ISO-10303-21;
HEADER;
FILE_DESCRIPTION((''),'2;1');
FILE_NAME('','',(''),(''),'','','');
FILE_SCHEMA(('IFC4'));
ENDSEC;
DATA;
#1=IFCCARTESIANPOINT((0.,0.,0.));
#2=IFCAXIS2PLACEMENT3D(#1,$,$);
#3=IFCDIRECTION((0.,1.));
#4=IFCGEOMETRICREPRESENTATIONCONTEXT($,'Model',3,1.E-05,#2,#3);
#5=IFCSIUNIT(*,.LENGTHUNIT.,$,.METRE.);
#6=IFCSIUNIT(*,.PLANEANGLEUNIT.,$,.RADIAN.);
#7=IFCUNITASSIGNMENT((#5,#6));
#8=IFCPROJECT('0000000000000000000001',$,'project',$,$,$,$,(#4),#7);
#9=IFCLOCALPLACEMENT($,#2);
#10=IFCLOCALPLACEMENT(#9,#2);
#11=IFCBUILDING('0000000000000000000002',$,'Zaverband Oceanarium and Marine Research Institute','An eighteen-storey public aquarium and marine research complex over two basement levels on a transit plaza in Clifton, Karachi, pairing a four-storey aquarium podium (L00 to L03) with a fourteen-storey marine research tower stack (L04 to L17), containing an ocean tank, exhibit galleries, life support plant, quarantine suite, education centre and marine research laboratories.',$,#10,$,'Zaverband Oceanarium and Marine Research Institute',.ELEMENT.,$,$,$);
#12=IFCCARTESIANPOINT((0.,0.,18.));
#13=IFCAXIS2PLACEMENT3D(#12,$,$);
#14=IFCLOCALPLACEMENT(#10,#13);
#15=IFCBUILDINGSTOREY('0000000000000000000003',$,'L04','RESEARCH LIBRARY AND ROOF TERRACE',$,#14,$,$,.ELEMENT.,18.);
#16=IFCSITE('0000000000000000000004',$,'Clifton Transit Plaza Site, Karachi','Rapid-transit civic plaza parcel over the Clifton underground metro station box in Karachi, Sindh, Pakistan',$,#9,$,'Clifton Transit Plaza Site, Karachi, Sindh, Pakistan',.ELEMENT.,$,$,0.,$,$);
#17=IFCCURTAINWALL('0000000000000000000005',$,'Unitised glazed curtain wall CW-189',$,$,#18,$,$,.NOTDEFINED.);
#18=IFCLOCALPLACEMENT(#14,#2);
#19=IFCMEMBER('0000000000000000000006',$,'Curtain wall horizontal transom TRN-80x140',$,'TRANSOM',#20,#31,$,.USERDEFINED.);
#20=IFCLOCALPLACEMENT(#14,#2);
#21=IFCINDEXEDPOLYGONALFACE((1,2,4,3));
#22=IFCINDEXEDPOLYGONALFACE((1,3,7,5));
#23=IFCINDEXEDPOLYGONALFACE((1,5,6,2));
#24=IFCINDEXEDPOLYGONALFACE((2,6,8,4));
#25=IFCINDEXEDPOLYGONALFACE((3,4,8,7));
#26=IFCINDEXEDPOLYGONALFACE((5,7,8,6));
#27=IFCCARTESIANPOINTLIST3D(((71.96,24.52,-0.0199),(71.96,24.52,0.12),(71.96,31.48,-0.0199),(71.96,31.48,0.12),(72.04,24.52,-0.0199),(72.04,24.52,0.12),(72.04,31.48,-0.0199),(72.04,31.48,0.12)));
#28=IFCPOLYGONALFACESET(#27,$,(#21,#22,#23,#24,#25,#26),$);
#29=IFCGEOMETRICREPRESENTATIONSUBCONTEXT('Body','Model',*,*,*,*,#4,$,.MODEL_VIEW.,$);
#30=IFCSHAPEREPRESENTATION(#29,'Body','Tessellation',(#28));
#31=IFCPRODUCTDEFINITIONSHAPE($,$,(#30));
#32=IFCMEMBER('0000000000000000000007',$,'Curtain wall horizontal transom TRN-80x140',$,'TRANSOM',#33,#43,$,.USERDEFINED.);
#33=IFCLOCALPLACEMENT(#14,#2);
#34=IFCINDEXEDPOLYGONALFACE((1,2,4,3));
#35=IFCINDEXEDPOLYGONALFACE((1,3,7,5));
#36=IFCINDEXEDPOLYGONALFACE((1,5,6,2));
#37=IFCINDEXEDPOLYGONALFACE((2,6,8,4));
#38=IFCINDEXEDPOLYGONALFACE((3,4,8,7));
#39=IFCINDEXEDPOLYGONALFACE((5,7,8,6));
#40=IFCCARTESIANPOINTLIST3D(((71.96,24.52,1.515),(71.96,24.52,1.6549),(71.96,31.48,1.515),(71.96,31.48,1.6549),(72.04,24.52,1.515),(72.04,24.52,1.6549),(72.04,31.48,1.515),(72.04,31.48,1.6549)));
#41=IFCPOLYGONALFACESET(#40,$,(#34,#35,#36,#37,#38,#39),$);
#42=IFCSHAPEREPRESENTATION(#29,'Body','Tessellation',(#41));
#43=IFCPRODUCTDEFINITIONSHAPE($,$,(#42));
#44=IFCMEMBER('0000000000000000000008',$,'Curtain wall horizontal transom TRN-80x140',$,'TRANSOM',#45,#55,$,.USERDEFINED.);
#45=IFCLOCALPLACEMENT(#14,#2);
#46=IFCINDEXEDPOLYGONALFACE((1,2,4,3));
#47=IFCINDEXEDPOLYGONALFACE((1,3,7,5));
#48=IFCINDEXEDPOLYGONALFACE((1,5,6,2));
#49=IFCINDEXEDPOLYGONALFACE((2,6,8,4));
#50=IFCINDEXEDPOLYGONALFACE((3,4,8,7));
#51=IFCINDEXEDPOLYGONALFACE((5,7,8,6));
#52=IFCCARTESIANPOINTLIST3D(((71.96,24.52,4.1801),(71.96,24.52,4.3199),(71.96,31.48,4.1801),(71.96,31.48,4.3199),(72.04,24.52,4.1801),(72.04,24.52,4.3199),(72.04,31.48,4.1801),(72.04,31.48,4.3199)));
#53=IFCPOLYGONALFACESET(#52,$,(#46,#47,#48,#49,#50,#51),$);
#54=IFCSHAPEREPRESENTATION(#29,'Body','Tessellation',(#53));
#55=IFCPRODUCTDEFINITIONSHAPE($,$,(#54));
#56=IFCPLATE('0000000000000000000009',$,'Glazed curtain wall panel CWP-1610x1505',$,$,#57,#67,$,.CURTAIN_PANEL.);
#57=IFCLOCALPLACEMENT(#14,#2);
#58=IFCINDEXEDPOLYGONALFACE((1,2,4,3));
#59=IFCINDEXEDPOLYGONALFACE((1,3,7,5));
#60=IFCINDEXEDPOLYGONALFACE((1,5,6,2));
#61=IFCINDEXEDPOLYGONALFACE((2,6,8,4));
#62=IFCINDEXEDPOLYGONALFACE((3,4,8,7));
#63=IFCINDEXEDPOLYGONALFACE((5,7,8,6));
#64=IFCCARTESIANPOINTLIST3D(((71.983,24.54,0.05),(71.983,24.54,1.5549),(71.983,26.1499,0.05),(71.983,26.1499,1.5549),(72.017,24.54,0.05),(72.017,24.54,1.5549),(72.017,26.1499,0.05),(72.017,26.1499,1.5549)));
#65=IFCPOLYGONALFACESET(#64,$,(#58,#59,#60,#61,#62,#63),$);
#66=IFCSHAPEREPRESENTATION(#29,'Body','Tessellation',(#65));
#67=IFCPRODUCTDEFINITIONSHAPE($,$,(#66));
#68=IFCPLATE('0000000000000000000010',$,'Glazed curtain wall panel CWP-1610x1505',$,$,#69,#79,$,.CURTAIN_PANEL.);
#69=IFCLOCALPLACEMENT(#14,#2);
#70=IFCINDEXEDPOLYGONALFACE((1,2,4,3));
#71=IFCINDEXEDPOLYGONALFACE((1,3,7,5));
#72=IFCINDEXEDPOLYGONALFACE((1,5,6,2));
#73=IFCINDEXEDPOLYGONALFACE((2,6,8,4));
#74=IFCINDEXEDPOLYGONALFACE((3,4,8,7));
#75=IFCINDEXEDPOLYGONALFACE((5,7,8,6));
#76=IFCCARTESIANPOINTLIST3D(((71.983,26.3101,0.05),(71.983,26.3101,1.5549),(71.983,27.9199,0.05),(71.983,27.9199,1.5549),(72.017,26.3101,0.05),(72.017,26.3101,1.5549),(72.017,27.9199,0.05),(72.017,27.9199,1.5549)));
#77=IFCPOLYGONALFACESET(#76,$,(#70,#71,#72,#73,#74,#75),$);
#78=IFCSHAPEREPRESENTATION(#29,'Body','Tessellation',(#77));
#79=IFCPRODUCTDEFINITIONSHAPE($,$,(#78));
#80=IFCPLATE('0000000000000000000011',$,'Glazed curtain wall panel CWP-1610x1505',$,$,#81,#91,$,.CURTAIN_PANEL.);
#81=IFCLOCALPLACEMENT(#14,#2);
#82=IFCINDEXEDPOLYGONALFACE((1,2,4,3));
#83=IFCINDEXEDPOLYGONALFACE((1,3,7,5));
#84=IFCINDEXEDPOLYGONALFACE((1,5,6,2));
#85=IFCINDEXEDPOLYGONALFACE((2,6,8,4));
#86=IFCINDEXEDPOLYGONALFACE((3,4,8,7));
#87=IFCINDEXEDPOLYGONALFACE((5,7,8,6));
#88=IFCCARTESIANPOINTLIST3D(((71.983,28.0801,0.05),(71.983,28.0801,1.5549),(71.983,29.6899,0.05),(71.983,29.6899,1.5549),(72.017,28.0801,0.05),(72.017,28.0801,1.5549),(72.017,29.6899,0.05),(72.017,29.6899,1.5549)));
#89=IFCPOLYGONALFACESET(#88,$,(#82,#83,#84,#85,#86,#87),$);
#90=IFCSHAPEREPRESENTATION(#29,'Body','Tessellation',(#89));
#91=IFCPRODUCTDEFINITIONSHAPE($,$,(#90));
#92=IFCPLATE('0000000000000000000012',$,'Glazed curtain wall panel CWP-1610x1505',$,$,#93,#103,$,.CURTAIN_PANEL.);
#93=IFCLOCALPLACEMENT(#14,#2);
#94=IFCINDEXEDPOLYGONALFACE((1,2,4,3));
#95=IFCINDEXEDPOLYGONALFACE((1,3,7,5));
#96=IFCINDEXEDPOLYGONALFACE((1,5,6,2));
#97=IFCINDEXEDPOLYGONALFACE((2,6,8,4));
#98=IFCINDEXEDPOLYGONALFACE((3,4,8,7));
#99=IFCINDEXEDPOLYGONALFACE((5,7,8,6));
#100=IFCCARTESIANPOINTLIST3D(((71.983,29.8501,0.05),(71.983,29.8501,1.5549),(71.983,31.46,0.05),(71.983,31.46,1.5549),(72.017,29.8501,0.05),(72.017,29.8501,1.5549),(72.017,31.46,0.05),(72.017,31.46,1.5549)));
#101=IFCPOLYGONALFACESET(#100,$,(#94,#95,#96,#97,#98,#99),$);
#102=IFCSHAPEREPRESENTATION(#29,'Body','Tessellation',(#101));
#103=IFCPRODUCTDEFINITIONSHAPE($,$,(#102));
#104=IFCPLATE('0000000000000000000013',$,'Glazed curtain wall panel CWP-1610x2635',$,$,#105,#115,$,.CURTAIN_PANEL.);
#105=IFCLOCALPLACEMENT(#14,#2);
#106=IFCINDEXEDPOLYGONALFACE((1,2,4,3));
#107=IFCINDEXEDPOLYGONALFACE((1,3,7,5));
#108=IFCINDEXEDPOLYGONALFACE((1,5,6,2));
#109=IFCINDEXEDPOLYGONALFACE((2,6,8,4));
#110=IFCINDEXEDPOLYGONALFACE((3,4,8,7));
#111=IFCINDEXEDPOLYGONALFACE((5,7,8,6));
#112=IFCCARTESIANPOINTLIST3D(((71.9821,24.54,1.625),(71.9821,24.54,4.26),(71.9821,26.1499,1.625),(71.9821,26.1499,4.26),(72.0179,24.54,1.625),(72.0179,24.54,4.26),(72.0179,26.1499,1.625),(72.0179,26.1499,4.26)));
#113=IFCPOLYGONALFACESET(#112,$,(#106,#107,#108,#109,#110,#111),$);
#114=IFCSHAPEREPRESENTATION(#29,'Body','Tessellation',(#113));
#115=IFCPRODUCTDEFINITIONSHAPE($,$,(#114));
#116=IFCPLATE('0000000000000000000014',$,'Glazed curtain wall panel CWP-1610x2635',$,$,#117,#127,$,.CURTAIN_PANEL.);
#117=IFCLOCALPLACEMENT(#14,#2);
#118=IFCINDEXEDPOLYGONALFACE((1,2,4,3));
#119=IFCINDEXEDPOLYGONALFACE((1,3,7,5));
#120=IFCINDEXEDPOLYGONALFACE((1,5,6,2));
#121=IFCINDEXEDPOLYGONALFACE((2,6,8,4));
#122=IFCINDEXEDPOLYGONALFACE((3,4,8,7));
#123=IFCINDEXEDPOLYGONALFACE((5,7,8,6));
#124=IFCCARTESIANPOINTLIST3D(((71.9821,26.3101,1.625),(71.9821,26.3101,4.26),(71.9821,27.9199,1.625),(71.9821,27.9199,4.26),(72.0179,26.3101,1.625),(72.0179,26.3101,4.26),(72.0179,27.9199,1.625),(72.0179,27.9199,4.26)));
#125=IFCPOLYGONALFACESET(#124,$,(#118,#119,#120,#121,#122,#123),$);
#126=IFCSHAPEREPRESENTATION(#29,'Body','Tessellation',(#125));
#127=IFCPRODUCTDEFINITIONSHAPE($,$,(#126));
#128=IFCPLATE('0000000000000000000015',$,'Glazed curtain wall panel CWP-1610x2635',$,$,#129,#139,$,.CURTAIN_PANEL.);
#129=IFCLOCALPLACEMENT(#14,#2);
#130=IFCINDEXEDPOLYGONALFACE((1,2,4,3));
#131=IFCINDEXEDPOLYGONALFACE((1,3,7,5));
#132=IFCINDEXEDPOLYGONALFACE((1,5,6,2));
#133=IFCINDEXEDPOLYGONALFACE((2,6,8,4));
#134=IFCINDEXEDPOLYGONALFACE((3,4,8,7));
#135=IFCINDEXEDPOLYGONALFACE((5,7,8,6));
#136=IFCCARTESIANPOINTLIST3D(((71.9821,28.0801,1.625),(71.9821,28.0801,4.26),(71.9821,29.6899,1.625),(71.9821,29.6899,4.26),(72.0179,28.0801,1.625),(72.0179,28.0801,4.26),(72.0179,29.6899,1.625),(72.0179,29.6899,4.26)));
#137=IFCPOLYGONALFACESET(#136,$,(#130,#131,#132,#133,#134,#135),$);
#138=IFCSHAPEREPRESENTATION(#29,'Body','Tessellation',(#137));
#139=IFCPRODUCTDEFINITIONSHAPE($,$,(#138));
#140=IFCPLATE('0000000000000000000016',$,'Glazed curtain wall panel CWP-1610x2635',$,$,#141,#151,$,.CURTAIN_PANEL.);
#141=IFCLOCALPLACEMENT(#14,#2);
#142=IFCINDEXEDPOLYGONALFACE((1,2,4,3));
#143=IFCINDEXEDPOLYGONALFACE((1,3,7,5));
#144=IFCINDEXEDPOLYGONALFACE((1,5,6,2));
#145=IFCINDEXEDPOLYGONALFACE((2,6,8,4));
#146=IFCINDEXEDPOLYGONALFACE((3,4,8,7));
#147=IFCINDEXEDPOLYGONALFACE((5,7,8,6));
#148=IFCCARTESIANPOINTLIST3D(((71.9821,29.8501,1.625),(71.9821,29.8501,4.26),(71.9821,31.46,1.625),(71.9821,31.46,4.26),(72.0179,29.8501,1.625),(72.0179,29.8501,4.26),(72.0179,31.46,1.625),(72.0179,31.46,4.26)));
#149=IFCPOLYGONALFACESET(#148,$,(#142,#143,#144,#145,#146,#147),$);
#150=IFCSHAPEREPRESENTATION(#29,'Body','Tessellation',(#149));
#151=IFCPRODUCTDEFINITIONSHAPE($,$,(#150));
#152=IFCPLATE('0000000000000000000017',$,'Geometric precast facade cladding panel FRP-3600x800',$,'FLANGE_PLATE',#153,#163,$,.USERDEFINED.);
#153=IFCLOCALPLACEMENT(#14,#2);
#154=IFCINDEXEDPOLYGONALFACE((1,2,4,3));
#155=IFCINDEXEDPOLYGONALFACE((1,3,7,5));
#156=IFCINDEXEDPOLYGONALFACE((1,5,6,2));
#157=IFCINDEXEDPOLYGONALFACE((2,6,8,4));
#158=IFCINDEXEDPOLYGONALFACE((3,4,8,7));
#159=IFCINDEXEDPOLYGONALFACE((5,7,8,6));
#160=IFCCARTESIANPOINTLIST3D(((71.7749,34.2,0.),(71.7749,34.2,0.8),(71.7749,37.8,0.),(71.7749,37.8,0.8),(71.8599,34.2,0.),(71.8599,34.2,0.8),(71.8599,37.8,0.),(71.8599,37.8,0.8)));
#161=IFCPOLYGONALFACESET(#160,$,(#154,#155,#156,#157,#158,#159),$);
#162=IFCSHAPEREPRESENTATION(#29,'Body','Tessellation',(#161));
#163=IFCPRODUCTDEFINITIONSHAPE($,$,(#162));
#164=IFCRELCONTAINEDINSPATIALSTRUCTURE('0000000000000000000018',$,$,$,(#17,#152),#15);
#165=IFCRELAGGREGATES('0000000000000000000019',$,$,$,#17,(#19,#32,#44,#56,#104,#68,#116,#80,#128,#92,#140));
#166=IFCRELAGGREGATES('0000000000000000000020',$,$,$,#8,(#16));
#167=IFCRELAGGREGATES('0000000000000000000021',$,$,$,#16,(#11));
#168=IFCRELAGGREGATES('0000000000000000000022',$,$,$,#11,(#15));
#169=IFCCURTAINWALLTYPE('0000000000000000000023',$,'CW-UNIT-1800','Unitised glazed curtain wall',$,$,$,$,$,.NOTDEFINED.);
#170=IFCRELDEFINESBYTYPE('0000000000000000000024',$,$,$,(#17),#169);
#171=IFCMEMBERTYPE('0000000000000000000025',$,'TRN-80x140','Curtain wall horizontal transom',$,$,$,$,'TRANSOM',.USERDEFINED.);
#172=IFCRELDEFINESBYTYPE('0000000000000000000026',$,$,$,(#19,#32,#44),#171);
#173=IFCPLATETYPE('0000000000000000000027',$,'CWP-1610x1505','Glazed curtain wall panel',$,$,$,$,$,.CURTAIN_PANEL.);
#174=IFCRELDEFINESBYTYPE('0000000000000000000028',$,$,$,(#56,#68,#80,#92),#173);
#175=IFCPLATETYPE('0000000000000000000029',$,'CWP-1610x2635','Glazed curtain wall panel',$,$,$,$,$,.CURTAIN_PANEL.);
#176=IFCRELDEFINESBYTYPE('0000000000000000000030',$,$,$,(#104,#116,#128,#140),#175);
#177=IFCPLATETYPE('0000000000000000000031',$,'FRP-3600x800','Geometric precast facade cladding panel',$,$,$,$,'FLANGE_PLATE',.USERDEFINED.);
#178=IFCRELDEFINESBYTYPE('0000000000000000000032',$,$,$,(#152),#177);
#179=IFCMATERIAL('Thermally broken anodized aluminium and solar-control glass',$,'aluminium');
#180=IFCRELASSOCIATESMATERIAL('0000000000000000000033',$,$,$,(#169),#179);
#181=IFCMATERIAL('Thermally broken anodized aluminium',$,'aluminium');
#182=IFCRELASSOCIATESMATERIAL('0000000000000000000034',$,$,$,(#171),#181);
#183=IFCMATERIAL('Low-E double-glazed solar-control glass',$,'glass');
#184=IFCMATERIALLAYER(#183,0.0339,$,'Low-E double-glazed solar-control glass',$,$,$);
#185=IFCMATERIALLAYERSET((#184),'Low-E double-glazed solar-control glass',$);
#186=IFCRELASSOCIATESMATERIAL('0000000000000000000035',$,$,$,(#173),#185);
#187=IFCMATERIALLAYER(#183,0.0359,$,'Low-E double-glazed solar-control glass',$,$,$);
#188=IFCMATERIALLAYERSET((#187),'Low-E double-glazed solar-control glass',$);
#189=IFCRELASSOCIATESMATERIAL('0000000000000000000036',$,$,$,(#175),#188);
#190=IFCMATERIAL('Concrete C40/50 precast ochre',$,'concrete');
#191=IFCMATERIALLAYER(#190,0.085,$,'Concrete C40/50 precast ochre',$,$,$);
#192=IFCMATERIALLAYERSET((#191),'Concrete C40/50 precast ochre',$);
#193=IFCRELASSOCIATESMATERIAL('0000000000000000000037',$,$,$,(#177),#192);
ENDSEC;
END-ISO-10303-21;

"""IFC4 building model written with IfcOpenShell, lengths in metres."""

from ifc_helpers import new_model, si_unit, direction, frame, frame_2d, origin, origin_2d, place, context, subcontext, project, spatial, rectangle, extrude, material, layer, layer_set, material_profile, profile_set, type_object, element, aggregate, save


model = new_model("IFC4")

# Units and contexts
model_context = context("Model", 3, precision=1e-05, world=origin(), true_north=direction((0.0, 1.0)))
body_context = subcontext(model_context, "Body", "Model", "MODEL_VIEW")
ifc_project = project(units=[si_unit("LENGTHUNIT", "METRE"), si_unit("PLANEANGLEUNIT", "RADIAN")], contexts=[model_context])

# Site, building, storey
site_placement = place(None, origin())
site = spatial("IfcSite", under=ifc_project, at=site_placement, Name="Clifton Transit Plaza Site, Karachi", Description="Rapid-transit civic plaza parcel over the Clifton underground metro station box in Karachi, Sindh, Pakistan", LongName="Clifton Transit Plaza Site, Karachi, Sindh, Pakistan", CompositionType="ELEMENT", RefElevation=0.0)
building_placement = place(site_placement, origin())
building = spatial("IfcBuilding", under=site, at=building_placement, Name="Zaverband Oceanarium and Marine Research Institute", Description="An eighteen-storey public aquarium and marine research complex over two basement levels on a transit plaza in Clifton, Karachi, pairing a four-storey aquarium podium (L00 to L03) with a fourteen-storey marine research tower stack (L04 to L17), containing an ocean tank, exhibit galleries, life support plant, quarantine suite, education centre and marine research laboratories.", LongName="Zaverband Oceanarium and Marine Research Institute", CompositionType="ELEMENT")
storey_placement = place(building_placement, frame((0.0, 0.0, 18.0)))
storey = spatial("IfcBuildingStorey", under=building, at=storey_placement, Name="L04", Description="RESEARCH LIBRARY AND ROOF TERRACE", CompositionType="ELEMENT", Elevation=18.0)

# Curtain wall
ifc_material_1 = material(Name="Thermally broken anodized aluminium and solar-control glass", Category="aluminium")
curtain_wall_type = type_object("IfcCurtainWallType", Name="CW-UNIT-1800", Description="Unitised glazed curtain wall", PredefinedType="NOTDEFINED", material=ifc_material_1)
curtain_wall_placement = place(storey_placement, origin())
curtain_wall = element("IfcCurtainWall", 1, at=curtain_wall_placement, inside=storey, type_object=curtain_wall_type, Name="Unitised glazed curtain wall CW-189", PredefinedType="NOTDEFINED")
ifc_material_2 = material(Name="Thermally broken anodized aluminium", Category="aluminium")

# Members
ifc_material_profile_1 = material_profile(ifc_material_2, rectangle(XDim=0.0801, YDim=0.1399, at=origin_2d()), Name="AL-TRN-80x140")
ifc_profile_set_1 = profile_set([ifc_material_profile_1], Name="Thermally broken anodized aluminium")
member_type_1 = type_object("IfcMemberType", Name="TRN-80x140", Description="Curtain wall horizontal transom", ElementType="TRANSOM", PredefinedType="USERDEFINED", material=ifc_profile_set_1)
member_1_placement = place(storey_placement, frame((72.0, 24.52, 0.05), z_axis=(0.0, 1.0, 0.0), x_axis=(-1.0, 0.0, 0.0)))
member_1 = element("IfcMember", 2, at=member_1_placement, type_object=member_type_1, Name="Curtain wall horizontal transom TRN-80x140", ObjectType="TRANSOM", PredefinedType="USERDEFINED", context=body_context, shape_type="SweptSolid", body=[
    extrude(rectangle(XDim=0.0801, YDim=0.1399, at=origin_2d()), origin(), (0.0, 0.0, 1.0), 6.96),
])
member_2_placement = place(storey_placement, frame((72.0, 24.52, 1.585), z_axis=(0.0, 1.0, 0.0), x_axis=(-1.0, 0.0, 0.0)))
member_2 = element("IfcMember", 3, at=member_2_placement, type_object=member_type_1, Name="Curtain wall horizontal transom TRN-80x140", ObjectType="TRANSOM", PredefinedType="USERDEFINED", context=body_context, shape_type="SweptSolid", body=[
    extrude(rectangle(XDim=0.0801, YDim=0.1399, at=origin_2d()), origin(), (0.0, 0.0, 1.0), 6.96),
])
member_3_placement = place(storey_placement, frame((72.0, 24.52, 4.25), z_axis=(0.0, 1.0, 0.0), x_axis=(-1.0, 0.0, 0.0)))
member_3 = element("IfcMember", 4, at=member_3_placement, type_object=member_type_1, Name="Curtain wall horizontal transom TRN-80x140", ObjectType="TRANSOM", PredefinedType="USERDEFINED", context=body_context, shape_type="SweptSolid", body=[
    extrude(rectangle(XDim=0.0801, YDim=0.1399, at=origin_2d()), origin(), (0.0, 0.0, 1.0), 6.96),
])

# Plates
ifc_material_3 = material(Name="Low-E double-glazed solar-control glass", Category="glass")
ifc_layer_1 = layer(ifc_material_3, 0.0339, Name="Low-E double-glazed solar-control glass")
ifc_layer_set_1 = layer_set([ifc_layer_1], Name="Low-E double-glazed solar-control glass")
plate_type_1 = type_object("IfcPlateType", Name="CWP-1610x1505", Description="Glazed curtain wall panel", PredefinedType="CURTAIN_PANEL", material=ifc_layer_set_1)
plate_1_placement = place(storey_placement, frame((72.0, 24.54, 0.05), z_axis=(0.0, 0.0, 1.0), x_axis=(0.0, 1.0, 0.0)))
plate_1 = element("IfcPlate", 5, at=plate_1_placement, type_object=plate_type_1, Name="Glazed curtain wall panel CWP-1610x1505", PredefinedType="CURTAIN_PANEL", context=body_context, shape_type="SweptSolid", body=[
    extrude(rectangle(XDim=1.6099, YDim=0.0339, at=frame_2d((0.8049, 0.0))), origin(), (0.0, 0.0, 1.0), 1.5049),
])
plate_2_placement = place(storey_placement, frame((72.0, 26.3101, 0.05), z_axis=(0.0, 0.0, 1.0), x_axis=(0.0, 1.0, 0.0)))
plate_2 = element("IfcPlate", 6, at=plate_2_placement, type_object=plate_type_1, Name="Glazed curtain wall panel CWP-1610x1505", PredefinedType="CURTAIN_PANEL", context=body_context, shape_type="SweptSolid", body=[
    extrude(rectangle(XDim=1.6099, YDim=0.0339, at=frame_2d((0.8049, 0.0))), origin(), (0.0, 0.0, 1.0), 1.5049),
])
plate_3_placement = place(storey_placement, frame((72.0, 28.0801, 0.05), z_axis=(0.0, 0.0, 1.0), x_axis=(0.0, 1.0, 0.0)))
plate_3 = element("IfcPlate", 7, at=plate_3_placement, type_object=plate_type_1, Name="Glazed curtain wall panel CWP-1610x1505", PredefinedType="CURTAIN_PANEL", context=body_context, shape_type="SweptSolid", body=[
    extrude(rectangle(XDim=1.6099, YDim=0.0339, at=frame_2d((0.8049, 0.0))), origin(), (0.0, 0.0, 1.0), 1.5049),
])
plate_4_placement = place(storey_placement, frame((72.0, 29.8501, 0.05), z_axis=(0.0, 0.0, 1.0), x_axis=(0.0, 1.0, 0.0)))
plate_4 = element("IfcPlate", 8, at=plate_4_placement, type_object=plate_type_1, Name="Glazed curtain wall panel CWP-1610x1505", PredefinedType="CURTAIN_PANEL", context=body_context, shape_type="SweptSolid", body=[
    extrude(rectangle(XDim=1.6099, YDim=0.0339, at=frame_2d((0.8049, 0.0))), origin(), (0.0, 0.0, 1.0), 1.5049),
])
ifc_layer_2 = layer(ifc_material_3, 0.0359, Name="Low-E double-glazed solar-control glass")
ifc_layer_set_2 = layer_set([ifc_layer_2], Name="Low-E double-glazed solar-control glass")
plate_type_2 = type_object("IfcPlateType", Name="CWP-1610x2635", Description="Glazed curtain wall panel", PredefinedType="CURTAIN_PANEL", material=ifc_layer_set_2)
plate_5_placement = place(storey_placement, frame((72.0, 24.54, 1.625), z_axis=(0.0, 0.0, 1.0), x_axis=(0.0, 1.0, 0.0)))
plate_5 = element("IfcPlate", 9, at=plate_5_placement, type_object=plate_type_2, Name="Glazed curtain wall panel CWP-1610x2635", PredefinedType="CURTAIN_PANEL", context=body_context, shape_type="SweptSolid", body=[
    extrude(rectangle(XDim=1.6099, YDim=0.0359, at=frame_2d((0.8049, 0.0))), origin(), (0.0, 0.0, 1.0), 2.635),
])
plate_6_placement = place(storey_placement, frame((72.0, 26.3101, 1.625), z_axis=(0.0, 0.0, 1.0), x_axis=(0.0, 1.0, 0.0)))
plate_6 = element("IfcPlate", 10, at=plate_6_placement, type_object=plate_type_2, Name="Glazed curtain wall panel CWP-1610x2635", PredefinedType="CURTAIN_PANEL", context=body_context, shape_type="SweptSolid", body=[
    extrude(rectangle(XDim=1.6099, YDim=0.0359, at=frame_2d((0.8049, 0.0))), origin(), (0.0, 0.0, 1.0), 2.635),
])
plate_7_placement = place(storey_placement, frame((72.0, 28.0801, 1.625), z_axis=(0.0, 0.0, 1.0), x_axis=(0.0, 1.0, 0.0)))
plate_7 = element("IfcPlate", 11, at=plate_7_placement, type_object=plate_type_2, Name="Glazed curtain wall panel CWP-1610x2635", PredefinedType="CURTAIN_PANEL", context=body_context, shape_type="SweptSolid", body=[
    extrude(rectangle(XDim=1.6099, YDim=0.0359, at=frame_2d((0.8049, 0.0))), origin(), (0.0, 0.0, 1.0), 2.635),
])
plate_8_placement = place(storey_placement, frame((72.0, 29.8501, 1.625), z_axis=(0.0, 0.0, 1.0), x_axis=(0.0, 1.0, 0.0)))
plate_8 = element("IfcPlate", 12, at=plate_8_placement, type_object=plate_type_2, Name="Glazed curtain wall panel CWP-1610x2635", PredefinedType="CURTAIN_PANEL", context=body_context, shape_type="SweptSolid", body=[
    extrude(rectangle(XDim=1.6099, YDim=0.0359, at=frame_2d((0.8049, 0.0))), origin(), (0.0, 0.0, 1.0), 2.635),
])
aggregate(curtain_wall, [member_1, member_2, member_3, plate_1, plate_5, plate_2, plate_6, plate_3, plate_7, plate_4, plate_8])
ifc_material_4 = material(Name="Concrete C40/50 precast ochre", Category="concrete")
ifc_layer_3 = layer(ifc_material_4, 0.085, Name="Concrete C40/50 precast ochre")
ifc_layer_set_3 = layer_set([ifc_layer_3], Name="Concrete C40/50 precast ochre")
plate_type_3 = type_object("IfcPlateType", Name="FRP-3600x800", Description="Geometric precast facade cladding panel", ElementType="FLANGE_PLATE", PredefinedType="USERDEFINED", material=ifc_layer_set_3)
plate_9_placement = place(storey_placement, frame((71.8174, 34.2, 0.0), z_axis=(0.0, 0.0, 1.0), x_axis=(0.0, 1.0, 0.0)))
element("IfcPlate", 13, at=plate_9_placement, inside=storey, type_object=plate_type_3, Name="Geometric precast facade cladding panel FRP-3600x800", ObjectType="FLANGE_PLATE", PredefinedType="USERDEFINED", context=body_context, shape_type="SweptSolid", body=[
    extrude(rectangle(XDim=3.6001, YDim=0.085, at=frame_2d((1.8, 0.0))), origin(), (0.0, 0.0, 1.0), 0.8),
])

save(model, "model.ifc")
